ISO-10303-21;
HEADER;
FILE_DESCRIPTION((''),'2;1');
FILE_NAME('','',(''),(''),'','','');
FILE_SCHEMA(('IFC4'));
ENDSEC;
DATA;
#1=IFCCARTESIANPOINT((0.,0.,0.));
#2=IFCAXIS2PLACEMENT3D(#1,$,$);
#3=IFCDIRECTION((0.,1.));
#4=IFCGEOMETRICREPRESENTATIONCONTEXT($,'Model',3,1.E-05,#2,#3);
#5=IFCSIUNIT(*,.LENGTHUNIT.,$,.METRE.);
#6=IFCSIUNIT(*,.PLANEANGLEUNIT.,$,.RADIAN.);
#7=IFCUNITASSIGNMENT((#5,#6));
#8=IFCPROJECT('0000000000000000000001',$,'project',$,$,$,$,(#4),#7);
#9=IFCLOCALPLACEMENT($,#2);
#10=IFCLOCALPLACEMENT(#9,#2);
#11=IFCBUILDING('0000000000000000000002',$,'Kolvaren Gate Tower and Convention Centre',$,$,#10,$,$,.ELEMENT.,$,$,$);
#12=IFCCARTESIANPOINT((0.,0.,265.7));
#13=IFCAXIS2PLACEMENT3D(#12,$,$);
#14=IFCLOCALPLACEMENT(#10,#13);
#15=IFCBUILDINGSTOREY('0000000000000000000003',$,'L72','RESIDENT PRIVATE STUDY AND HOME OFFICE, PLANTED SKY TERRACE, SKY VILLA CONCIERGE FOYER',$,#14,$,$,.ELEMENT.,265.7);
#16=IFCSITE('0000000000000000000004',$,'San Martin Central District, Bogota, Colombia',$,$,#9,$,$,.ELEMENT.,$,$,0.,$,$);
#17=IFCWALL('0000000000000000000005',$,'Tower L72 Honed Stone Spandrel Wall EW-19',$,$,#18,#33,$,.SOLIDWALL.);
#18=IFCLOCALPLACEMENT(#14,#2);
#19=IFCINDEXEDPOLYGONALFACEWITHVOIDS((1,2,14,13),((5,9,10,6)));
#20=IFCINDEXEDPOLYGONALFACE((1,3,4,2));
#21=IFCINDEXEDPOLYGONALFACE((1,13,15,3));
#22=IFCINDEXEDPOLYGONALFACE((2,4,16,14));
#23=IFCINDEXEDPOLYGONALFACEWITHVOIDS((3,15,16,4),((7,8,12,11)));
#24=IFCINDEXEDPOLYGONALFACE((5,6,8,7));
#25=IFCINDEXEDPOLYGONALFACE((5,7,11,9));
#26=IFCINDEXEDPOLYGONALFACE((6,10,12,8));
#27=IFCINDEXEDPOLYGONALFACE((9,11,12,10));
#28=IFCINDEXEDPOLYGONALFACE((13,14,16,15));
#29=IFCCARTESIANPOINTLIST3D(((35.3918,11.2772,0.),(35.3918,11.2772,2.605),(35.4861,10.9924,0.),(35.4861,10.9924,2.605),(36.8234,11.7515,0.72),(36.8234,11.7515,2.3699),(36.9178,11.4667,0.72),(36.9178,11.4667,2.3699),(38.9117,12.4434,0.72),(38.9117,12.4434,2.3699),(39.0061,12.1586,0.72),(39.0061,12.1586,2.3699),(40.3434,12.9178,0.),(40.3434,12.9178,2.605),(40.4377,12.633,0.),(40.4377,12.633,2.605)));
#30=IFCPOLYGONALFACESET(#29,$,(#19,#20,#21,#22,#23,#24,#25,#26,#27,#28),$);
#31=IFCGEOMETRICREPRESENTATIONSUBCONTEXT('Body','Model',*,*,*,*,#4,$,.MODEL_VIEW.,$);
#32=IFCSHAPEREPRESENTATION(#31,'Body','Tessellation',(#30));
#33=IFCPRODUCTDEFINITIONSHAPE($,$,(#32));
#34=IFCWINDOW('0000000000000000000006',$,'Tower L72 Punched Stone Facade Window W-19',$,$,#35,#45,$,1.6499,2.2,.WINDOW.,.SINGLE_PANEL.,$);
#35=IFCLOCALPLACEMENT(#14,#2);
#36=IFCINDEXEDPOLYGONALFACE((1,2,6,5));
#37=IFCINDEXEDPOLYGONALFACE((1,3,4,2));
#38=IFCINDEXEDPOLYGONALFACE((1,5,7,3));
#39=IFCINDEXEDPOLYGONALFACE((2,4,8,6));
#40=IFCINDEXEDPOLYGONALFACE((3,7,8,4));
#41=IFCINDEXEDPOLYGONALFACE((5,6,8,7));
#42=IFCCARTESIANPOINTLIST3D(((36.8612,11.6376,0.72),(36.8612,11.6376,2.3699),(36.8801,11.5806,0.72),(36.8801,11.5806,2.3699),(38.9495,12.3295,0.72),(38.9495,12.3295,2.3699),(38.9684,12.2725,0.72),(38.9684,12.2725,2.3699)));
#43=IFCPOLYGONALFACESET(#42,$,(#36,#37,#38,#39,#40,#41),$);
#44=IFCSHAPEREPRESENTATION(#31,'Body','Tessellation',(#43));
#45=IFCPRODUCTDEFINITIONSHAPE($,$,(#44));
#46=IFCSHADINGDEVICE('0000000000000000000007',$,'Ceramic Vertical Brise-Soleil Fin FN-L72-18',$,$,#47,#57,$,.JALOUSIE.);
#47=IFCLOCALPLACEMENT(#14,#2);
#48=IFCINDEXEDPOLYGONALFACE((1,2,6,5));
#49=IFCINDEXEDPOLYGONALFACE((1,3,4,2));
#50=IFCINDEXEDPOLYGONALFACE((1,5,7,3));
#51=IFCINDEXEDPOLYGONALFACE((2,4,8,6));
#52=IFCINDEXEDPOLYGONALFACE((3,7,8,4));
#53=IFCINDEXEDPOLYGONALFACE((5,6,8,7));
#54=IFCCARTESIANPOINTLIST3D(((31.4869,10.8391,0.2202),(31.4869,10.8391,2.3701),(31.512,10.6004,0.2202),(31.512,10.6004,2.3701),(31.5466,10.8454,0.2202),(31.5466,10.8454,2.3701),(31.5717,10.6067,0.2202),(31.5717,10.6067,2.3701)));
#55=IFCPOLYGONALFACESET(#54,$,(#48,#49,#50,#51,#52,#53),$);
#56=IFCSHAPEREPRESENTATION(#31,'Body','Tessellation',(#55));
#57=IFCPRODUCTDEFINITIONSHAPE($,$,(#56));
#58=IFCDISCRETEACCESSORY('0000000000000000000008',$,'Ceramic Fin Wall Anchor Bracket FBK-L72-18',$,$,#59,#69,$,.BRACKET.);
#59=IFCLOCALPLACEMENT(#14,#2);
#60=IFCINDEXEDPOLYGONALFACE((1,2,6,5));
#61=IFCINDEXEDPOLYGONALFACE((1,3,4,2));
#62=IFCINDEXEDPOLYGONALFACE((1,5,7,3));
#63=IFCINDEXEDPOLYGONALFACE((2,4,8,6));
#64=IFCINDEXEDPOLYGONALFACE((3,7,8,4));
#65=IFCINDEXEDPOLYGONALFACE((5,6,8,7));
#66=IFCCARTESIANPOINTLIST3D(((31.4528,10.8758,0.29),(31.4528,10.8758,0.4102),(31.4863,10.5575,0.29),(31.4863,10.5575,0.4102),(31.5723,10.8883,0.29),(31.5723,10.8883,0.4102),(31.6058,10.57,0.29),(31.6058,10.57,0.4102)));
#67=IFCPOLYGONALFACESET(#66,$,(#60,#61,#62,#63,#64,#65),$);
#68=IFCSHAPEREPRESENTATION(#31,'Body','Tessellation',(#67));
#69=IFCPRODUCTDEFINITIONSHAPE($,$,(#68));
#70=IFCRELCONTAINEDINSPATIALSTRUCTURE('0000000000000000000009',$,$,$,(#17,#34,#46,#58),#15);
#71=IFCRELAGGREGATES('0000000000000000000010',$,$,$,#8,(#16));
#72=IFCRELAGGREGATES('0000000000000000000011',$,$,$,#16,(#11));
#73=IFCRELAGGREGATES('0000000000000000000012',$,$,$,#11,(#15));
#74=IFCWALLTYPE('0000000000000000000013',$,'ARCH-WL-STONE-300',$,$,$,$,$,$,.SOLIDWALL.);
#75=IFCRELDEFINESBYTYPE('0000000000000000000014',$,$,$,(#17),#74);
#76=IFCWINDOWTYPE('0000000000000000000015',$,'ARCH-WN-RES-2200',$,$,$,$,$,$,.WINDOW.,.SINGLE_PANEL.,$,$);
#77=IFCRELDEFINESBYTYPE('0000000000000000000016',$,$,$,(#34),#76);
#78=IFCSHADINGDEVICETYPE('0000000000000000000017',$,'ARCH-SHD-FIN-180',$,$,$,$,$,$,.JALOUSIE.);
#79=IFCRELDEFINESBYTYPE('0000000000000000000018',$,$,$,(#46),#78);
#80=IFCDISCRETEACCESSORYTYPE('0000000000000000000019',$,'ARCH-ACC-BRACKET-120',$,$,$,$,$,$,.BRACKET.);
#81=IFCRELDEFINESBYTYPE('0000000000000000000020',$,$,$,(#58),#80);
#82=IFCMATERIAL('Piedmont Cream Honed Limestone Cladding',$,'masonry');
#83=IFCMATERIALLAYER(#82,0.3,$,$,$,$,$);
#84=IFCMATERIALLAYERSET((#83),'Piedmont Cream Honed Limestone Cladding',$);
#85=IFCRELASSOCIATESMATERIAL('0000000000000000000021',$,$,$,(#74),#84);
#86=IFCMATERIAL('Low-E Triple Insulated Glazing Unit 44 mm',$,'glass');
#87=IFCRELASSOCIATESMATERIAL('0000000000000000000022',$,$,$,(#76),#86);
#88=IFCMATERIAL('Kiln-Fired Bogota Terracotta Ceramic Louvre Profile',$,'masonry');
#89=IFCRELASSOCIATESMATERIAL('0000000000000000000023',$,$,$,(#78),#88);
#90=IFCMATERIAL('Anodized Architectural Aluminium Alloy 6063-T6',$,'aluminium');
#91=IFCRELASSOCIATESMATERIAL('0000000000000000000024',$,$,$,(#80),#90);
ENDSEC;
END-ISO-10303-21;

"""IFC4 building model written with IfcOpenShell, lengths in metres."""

from ifc_helpers import new_model, si_unit, direction, frame, frame_2d, origin, origin_2d, place, context, subcontext, project, spatial, rectangle, extrude, material, layer, layer_set, type_object, element, fill, save


model = new_model("IFC4")

# Units and contexts
model_context = context("Model", 3, precision=1e-05, world=origin(), true_north=direction((0.0, 1.0)))
body_context = subcontext(model_context, "Body", "Model", "MODEL_VIEW")
ifc_project = project(units=[si_unit("LENGTHUNIT", "METRE"), si_unit("PLANEANGLEUNIT", "RADIAN")], contexts=[model_context])

# Site, building, storey
site_placement = place(None, origin())
site = spatial("IfcSite", under=ifc_project, at=site_placement, Name="San Martin Central District, Bogota, Colombia", CompositionType="ELEMENT", RefElevation=0.0)
building_placement = place(site_placement, origin())
building = spatial("IfcBuilding", under=site, at=building_placement, Name="Kolvaren Gate Tower and Convention Centre", CompositionType="ELEMENT")
storey_placement = place(building_placement, frame((0.0, 0.0, 265.7)))
storey = spatial("IfcBuildingStorey", under=building, at=storey_placement, Name="L72", Description="RESIDENT PRIVATE STUDY AND HOME OFFICE, PLANTED SKY TERRACE, SKY VILLA CONCIERGE FOYER", CompositionType="ELEMENT", Elevation=265.7)

# Shared definitions
ifc_material_1 = material(Name="Piedmont Cream Honed Limestone Cladding", Category="masonry")

# Shared definitions
ifc_layer_1 = layer(ifc_material_1, 0.3)
ifc_layer_set_1 = layer_set([ifc_layer_1], Name="Piedmont Cream Honed Limestone Cladding")
wall_type_1 = type_object("IfcWallType", Name="ARCH-WL-STONE-300", PredefinedType="SOLIDWALL", material=ifc_layer_set_1)
ifc_material_2 = material(Name="Anodized Architectural Aluminium Alloy 6063-T6", Category="aluminium")

# Wall, opening, window
ifc_material_3 = material(Name="Low-E Triple Insulated Glazing Unit 44 mm", Category="glass")
window_type = type_object("IfcWindowType", Name="ARCH-WN-RES-2200", PartitioningType="SINGLE_PANEL", PredefinedType="WINDOW", material=ifc_material_3)
wall_1_placement = place(storey_placement, frame((35.439, 11.1348, 0.0), z_axis=(0.0, 0.0, 1.0), x_axis=(0.949253, 0.314514, 0.0)))
wall_1 = element("IfcWall", 1, at=wall_1_placement, inside=storey, type_object=wall_type_1, Name="Tower L72 Honed Stone Spandrel Wall EW-19", PredefinedType="SOLIDWALL", context=body_context, shape_type="SweptSolid", body=[
    extrude(rectangle(XDim=5.2163, YDim=0.3, at=frame_2d((2.6082, 0.0))), origin(), (0.0, 0.0, 1.0), 2.605),
])
opening_1_placement = place(wall_1_placement, frame((1.5081, 0.0, 0.72)))
opening_1 = element("IfcOpeningElement", 2, at=opening_1_placement, cuts=wall_1, PredefinedType="OPENING", context=body_context, shape_type="SweptSolid", body=[
    extrude(rectangle(XDim=2.2, YDim=1.6499, at=frame_2d((1.1001, 0.825))), frame((0.0, 0.1599, 0.0), z_axis=(0.0, -1.0, 0.0), x_axis=(1.0, 0.0, 0.0)), (0.0, 0.0, 1.0), 0.3201),
])
window_1_placement = place(opening_1_placement, origin())
window_1 = element("IfcWindow", 3, at=window_1_placement, inside=storey, type_object=window_type, Name="Tower L72 Punched Stone Facade Window W-19", OverallHeight=1.6499, OverallWidth=2.2, PartitioningType="SINGLE_PANEL", PredefinedType="WINDOW", context=body_context, shape_type="SweptSolid", body=[
    extrude(rectangle(XDim=2.2, YDim=1.6499, at=frame_2d((1.1001, 0.825))), frame((0.0, 0.03, 0.0), z_axis=(0.0, -1.0, 0.0), x_axis=(1.0, 0.0, 0.0)), (0.0, 0.0, 1.0), 0.0601),
])
fill(opening_1, window_1)

# Shading device
ifc_material_4 = material(Name="Kiln-Fired Bogota Terracotta Ceramic Louvre Profile", Category="masonry")
shading_device_type = type_object("IfcShadingDeviceType", Name="ARCH-SHD-FIN-180", PredefinedType="JALOUSIE", material=ifc_material_4)
shading_device_placement = place(storey_placement, frame((31.5293, 10.7229, 0.2202), z_axis=(0.0, 0.0, 1.0), x_axis=(0.994499, 0.104749, 0.0)))
element("IfcShadingDevice", 4, at=shading_device_placement, inside=storey, type_object=shading_device_type, Name="Ceramic Vertical Brise-Soleil Fin FN-L72-18", PredefinedType="JALOUSIE", context=body_context, shape_type="SweptSolid", body=[
    extrude(rectangle(XDim=0.0601, YDim=0.24, at=origin_2d()), origin(), (0.0, 0.0, 1.0), 2.1499),
])

# Discrete accessory
discrete_accessory_type = type_object("IfcDiscreteAccessoryType", Name="ARCH-ACC-BRACKET-120", PredefinedType="BRACKET", material=ifc_material_2)
discrete_accessory_placement = place(storey_placement, frame((31.5293, 10.7229, 0.29), z_axis=(0.0, 0.0, 1.0), x_axis=(0.994499, 0.104749, 0.0)))
element("IfcDiscreteAccessory", 5, at=discrete_accessory_placement, inside=storey, type_object=discrete_accessory_type, Name="Ceramic Fin Wall Anchor Bracket FBK-L72-18", PredefinedType="BRACKET", context=body_context, shape_type="SweptSolid", body=[
    extrude(rectangle(XDim=0.1201, YDim=0.3201, at=origin_2d()), origin(), (0.0, 0.0, 1.0), 0.1201),
])

save(model, "model.ifc")
